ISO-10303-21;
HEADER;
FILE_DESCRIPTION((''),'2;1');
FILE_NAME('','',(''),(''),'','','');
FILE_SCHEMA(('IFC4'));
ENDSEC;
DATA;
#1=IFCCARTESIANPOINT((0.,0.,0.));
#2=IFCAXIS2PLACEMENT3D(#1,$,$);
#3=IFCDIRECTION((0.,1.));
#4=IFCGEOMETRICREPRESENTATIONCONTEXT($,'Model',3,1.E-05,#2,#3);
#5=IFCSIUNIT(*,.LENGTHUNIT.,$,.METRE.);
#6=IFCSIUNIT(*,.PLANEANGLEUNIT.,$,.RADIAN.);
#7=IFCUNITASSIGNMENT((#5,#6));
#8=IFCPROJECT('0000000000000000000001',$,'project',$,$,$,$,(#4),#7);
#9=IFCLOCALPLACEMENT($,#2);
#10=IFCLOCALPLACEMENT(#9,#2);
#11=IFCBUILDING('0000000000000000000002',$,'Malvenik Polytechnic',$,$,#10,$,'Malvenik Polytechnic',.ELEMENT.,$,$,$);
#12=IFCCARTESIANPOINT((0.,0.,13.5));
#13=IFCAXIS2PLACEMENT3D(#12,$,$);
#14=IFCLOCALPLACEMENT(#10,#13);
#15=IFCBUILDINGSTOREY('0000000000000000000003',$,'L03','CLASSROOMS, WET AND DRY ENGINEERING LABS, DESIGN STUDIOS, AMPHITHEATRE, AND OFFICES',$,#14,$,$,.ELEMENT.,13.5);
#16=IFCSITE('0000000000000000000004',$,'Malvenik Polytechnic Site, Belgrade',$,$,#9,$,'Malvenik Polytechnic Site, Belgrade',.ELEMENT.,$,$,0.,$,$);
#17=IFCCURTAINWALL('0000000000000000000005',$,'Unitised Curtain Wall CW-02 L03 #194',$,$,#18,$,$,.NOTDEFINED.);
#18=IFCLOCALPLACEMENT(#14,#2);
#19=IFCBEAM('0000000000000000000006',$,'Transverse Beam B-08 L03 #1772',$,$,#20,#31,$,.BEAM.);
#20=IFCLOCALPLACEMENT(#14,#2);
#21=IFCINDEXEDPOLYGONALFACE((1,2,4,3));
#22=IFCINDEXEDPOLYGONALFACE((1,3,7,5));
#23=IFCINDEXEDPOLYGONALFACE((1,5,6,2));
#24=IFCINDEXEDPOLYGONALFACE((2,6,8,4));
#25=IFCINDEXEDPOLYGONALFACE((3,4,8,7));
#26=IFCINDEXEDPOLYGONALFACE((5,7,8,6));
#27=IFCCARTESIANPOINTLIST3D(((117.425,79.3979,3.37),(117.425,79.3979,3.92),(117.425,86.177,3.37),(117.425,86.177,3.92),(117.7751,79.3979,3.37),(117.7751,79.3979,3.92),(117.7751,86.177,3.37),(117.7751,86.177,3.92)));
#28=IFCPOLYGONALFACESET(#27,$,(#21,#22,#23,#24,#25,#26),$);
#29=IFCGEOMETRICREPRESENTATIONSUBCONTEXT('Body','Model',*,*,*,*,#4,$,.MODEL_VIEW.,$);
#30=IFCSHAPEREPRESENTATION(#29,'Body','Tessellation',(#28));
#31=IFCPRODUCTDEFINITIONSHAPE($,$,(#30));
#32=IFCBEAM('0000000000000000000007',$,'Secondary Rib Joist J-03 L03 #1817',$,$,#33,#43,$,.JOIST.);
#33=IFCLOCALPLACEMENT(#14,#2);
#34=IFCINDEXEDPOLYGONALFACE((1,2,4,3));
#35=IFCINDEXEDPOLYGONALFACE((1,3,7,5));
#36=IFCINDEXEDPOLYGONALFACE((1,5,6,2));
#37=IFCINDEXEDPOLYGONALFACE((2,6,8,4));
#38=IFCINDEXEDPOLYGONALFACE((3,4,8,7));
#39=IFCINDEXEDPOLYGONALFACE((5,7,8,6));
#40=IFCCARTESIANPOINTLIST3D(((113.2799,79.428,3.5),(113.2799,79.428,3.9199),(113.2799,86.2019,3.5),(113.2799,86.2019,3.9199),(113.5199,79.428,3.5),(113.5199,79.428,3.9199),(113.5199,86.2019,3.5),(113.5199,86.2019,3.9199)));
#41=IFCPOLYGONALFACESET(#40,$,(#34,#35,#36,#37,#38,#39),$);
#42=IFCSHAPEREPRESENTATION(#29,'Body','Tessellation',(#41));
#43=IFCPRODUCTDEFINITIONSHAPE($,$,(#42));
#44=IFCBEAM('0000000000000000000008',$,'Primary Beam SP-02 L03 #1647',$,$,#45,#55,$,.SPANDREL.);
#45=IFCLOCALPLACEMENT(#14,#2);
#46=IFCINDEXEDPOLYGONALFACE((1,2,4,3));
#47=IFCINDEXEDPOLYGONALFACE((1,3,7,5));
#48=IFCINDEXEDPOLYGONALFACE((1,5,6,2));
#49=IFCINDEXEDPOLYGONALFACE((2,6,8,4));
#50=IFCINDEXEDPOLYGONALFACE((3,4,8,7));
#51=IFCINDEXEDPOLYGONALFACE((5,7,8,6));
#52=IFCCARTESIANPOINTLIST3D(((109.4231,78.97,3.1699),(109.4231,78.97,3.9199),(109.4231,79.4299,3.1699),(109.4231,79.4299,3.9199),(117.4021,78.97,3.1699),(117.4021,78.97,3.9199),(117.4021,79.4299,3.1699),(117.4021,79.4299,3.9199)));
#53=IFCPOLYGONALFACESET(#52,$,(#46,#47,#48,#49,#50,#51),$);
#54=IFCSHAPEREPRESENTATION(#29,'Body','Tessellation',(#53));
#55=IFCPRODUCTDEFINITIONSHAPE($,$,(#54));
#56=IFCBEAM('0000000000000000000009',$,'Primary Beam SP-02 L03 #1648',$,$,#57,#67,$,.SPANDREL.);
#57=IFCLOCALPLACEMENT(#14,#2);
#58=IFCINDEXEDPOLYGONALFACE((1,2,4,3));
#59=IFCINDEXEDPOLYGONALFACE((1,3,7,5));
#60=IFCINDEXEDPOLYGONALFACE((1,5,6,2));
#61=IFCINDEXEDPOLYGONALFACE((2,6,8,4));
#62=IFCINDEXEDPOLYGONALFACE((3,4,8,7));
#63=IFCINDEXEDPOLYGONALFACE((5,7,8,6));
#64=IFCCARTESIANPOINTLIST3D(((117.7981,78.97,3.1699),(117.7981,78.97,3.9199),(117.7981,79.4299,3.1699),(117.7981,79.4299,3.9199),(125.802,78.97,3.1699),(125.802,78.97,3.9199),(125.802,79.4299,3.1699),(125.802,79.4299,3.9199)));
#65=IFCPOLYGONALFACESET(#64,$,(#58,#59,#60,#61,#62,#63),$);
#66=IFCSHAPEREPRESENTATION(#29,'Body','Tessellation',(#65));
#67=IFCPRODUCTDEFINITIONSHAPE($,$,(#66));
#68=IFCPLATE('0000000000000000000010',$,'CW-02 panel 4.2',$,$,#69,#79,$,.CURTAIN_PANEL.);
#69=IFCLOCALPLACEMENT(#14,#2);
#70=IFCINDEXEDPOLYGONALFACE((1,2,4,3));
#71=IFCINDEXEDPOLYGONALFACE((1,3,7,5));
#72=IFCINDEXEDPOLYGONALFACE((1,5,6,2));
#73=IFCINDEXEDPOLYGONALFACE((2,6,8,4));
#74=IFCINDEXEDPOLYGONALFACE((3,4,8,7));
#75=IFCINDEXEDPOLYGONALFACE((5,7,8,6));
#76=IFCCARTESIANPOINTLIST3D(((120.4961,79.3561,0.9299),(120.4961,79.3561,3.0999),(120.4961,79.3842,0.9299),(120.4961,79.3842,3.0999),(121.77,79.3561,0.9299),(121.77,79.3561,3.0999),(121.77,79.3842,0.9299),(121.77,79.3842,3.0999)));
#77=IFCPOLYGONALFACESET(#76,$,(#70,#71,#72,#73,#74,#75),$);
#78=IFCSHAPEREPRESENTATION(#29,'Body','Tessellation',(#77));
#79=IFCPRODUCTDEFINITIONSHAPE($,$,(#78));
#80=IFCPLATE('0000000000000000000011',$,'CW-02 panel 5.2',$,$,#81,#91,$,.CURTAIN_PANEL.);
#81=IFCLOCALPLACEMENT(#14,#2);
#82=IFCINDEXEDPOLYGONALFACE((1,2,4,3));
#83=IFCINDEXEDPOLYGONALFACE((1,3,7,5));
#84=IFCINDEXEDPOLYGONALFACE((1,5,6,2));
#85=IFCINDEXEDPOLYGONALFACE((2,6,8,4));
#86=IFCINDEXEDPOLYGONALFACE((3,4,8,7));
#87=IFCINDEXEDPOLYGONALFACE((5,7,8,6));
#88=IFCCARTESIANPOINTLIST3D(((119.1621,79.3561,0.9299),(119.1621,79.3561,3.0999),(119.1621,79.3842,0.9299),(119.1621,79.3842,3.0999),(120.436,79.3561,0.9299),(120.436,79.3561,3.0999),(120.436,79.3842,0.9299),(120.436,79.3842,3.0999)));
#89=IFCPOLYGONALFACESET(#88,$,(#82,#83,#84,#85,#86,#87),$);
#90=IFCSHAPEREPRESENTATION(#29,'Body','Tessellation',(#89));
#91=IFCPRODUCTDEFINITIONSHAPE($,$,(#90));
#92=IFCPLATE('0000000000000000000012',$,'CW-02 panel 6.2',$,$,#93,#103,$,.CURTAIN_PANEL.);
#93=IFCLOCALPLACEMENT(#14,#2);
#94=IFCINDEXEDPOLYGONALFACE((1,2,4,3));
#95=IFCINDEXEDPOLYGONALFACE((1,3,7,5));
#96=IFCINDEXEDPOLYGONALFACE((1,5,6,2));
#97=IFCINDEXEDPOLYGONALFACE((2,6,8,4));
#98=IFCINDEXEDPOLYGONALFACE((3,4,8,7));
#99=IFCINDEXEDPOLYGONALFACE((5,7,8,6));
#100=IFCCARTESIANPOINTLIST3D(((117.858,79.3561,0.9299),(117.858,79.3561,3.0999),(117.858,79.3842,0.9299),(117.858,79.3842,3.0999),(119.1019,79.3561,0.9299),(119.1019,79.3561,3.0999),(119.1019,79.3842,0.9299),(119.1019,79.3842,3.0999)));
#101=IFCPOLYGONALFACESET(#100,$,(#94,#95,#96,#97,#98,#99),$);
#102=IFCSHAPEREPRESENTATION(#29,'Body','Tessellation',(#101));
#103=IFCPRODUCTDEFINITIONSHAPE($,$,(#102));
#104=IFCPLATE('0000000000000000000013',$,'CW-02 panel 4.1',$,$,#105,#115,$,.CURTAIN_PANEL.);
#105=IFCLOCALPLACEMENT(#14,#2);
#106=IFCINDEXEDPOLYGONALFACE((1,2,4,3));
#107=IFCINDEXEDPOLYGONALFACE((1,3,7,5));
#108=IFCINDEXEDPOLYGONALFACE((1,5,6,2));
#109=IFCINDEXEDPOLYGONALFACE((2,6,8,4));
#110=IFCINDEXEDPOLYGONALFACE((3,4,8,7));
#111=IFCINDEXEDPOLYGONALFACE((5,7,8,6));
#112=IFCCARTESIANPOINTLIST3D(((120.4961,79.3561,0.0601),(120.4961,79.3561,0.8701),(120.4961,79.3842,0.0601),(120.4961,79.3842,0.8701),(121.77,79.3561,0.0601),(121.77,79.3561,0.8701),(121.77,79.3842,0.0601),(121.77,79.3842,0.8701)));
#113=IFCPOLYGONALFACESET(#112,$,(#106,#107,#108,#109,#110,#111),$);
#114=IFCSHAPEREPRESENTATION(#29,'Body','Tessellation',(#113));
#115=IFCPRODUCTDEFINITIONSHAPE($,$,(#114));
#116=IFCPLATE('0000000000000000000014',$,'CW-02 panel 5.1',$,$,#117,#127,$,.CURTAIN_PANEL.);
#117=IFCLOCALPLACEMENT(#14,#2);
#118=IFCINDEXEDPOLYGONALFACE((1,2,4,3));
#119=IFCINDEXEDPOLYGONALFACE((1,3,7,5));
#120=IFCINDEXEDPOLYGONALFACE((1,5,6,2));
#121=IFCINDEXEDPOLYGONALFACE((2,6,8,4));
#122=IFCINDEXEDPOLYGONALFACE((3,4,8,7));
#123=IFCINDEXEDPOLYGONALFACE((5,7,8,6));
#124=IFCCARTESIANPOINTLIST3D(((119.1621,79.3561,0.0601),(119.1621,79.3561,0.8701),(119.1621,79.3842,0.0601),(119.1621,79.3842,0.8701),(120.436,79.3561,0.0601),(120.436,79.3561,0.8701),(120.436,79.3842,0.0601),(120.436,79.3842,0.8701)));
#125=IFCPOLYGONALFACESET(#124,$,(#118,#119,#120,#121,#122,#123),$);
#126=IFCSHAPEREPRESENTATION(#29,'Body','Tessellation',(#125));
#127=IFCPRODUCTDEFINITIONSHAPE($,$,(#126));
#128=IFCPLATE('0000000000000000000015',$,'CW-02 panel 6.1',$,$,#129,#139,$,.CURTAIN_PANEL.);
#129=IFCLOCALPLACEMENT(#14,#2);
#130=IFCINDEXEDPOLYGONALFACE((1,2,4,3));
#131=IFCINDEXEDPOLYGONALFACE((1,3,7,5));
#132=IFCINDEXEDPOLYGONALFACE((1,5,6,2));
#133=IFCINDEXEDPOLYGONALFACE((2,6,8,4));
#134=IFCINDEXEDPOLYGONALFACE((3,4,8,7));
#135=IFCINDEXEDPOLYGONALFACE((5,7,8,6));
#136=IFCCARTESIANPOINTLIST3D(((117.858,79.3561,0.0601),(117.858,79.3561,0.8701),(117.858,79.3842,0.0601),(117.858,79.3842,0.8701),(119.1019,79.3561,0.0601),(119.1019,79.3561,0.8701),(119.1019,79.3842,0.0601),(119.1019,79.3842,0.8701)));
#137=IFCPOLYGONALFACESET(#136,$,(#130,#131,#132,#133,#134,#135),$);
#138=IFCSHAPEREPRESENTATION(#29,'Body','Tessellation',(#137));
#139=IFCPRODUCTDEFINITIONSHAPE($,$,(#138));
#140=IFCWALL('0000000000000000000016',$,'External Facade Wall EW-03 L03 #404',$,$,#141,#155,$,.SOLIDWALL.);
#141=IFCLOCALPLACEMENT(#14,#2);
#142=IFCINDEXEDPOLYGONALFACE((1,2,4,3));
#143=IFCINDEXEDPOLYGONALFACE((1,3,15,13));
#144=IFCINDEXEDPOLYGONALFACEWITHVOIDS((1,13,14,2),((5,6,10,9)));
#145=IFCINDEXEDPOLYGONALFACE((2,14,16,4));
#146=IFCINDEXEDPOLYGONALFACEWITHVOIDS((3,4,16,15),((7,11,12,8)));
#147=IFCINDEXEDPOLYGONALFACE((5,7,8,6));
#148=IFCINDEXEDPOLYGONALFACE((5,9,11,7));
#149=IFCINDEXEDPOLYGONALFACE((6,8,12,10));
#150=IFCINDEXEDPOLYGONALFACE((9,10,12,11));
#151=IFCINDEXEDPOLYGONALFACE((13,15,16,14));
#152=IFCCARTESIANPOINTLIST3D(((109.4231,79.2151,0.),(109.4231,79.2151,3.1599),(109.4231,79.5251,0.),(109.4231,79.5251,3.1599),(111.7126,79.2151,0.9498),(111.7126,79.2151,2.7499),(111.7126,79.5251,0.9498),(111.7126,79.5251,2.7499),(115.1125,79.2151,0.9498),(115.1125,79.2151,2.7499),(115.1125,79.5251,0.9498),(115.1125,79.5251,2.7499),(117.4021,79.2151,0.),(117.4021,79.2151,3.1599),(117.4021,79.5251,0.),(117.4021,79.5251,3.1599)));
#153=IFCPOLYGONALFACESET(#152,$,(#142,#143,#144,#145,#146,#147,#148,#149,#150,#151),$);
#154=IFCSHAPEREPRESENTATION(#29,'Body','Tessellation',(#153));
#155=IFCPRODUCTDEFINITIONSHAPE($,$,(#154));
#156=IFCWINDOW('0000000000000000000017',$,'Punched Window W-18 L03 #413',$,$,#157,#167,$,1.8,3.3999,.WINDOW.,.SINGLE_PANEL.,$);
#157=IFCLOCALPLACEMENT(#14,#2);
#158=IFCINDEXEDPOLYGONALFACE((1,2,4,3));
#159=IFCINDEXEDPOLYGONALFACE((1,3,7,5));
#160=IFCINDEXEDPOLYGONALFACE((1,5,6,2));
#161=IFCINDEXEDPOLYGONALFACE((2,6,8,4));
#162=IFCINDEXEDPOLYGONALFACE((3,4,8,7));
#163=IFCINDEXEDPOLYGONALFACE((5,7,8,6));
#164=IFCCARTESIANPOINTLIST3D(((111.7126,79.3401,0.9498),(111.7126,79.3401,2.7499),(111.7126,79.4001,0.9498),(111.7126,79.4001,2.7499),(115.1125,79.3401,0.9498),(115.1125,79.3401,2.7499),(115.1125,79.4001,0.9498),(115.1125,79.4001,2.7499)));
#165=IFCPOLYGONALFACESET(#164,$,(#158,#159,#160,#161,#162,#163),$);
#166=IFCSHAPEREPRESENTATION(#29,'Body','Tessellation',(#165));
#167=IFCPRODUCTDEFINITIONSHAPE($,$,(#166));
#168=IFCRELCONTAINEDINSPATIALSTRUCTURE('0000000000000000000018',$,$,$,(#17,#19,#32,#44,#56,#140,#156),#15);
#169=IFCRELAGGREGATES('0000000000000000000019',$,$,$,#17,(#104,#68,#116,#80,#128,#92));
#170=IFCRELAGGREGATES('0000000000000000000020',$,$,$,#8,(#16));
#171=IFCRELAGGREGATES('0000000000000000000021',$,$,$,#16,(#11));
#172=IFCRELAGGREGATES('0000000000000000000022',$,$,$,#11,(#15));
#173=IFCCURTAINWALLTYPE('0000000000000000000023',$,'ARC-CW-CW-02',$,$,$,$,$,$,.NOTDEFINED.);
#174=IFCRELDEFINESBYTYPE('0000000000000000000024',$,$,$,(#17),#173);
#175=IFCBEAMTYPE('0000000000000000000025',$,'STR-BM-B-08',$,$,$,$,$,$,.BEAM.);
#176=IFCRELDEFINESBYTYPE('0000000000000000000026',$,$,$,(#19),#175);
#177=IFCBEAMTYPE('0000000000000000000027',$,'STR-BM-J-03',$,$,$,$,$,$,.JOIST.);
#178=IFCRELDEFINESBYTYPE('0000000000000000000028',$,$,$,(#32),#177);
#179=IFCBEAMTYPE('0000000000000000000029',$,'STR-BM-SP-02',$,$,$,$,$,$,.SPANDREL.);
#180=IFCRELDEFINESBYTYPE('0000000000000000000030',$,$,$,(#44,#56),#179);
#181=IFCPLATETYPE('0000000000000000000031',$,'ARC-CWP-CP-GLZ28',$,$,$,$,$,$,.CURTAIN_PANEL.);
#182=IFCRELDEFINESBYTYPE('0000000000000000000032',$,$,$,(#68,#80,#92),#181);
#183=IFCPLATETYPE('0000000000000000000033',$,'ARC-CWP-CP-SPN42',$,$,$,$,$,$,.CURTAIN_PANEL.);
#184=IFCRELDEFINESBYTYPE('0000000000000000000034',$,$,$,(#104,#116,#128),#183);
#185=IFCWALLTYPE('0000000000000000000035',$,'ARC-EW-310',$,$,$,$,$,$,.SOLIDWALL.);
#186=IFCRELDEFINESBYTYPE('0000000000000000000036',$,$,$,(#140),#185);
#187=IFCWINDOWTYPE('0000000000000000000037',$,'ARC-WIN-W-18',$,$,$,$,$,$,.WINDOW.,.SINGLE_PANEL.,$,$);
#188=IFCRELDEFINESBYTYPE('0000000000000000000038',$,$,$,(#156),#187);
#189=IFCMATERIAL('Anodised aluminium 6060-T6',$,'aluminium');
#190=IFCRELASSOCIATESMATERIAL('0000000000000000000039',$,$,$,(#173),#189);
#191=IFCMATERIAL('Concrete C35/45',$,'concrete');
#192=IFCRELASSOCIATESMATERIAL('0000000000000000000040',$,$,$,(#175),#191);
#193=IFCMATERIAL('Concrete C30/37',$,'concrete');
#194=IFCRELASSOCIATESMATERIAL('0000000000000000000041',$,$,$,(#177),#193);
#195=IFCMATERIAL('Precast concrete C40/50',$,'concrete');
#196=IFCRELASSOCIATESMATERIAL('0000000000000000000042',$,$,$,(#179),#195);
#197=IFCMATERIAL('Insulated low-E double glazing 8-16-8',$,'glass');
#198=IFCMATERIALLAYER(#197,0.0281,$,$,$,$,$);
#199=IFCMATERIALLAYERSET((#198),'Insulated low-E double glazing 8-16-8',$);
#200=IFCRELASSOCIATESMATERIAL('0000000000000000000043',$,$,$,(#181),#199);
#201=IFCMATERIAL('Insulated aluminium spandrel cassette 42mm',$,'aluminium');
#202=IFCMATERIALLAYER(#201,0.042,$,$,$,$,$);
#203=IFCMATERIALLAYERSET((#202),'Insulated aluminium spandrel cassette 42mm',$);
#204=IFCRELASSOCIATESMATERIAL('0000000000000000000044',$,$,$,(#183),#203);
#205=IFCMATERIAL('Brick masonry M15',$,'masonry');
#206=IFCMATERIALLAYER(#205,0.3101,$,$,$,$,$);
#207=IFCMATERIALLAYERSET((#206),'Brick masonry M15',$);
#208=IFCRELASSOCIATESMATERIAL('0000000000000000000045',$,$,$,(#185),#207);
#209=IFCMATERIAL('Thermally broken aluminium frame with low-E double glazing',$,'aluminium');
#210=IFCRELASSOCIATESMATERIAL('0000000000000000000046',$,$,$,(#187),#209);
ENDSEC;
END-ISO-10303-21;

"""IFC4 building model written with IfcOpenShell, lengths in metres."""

from ifc_helpers import new_model, si_unit, direction, frame, frame_2d, origin, origin_2d, place, context, subcontext, project, spatial, rectangle, extrude, material, layer, layer_set, material_profile, profile_set, type_object, element, fill, aggregate, save


model = new_model("IFC4")

# Units and contexts
model_context = context("Model", 3, precision=1e-05, world=origin(), true_north=direction((0.0, 1.0)))
body_context = subcontext(model_context, "Body", "Model", "MODEL_VIEW")
ifc_project = project(units=[si_unit("LENGTHUNIT", "METRE"), si_unit("PLANEANGLEUNIT", "RADIAN")], contexts=[model_context])

# Site, building, storey
site_placement = place(None, origin())
site = spatial("IfcSite", under=ifc_project, at=site_placement, Name="Malvenik Polytechnic Site, Belgrade", LongName="Malvenik Polytechnic Site, Belgrade", CompositionType="ELEMENT", RefElevation=0.0)
building_placement = place(site_placement, origin())
building = spatial("IfcBuilding", under=site, at=building_placement, Name="Malvenik Polytechnic", LongName="Malvenik Polytechnic", CompositionType="ELEMENT")
storey_placement = place(building_placement, frame((0.0, 0.0, 13.5)))
storey = spatial("IfcBuildingStorey", under=building, at=storey_placement, Name="L03", Description="CLASSROOMS, WET AND DRY ENGINEERING LABS, DESIGN STUDIOS, AMPHITHEATRE, AND OFFICES", CompositionType="ELEMENT", Elevation=13.5)

# Shared definitions
ifc_material_1 = material(Name="Concrete C30/37", Category="concrete")

# Curtain wall
ifc_material_2 = material(Name="Anodised aluminium 6060-T6", Category="aluminium")
curtain_wall_type = type_object("IfcCurtainWallType", Name="ARC-CW-CW-02", PredefinedType="NOTDEFINED", material=ifc_material_2)
curtain_wall_placement = place(storey_placement, origin())
curtain_wall = element("IfcCurtainWall", 1, at=curtain_wall_placement, inside=storey, type_object=curtain_wall_type, Name="Unitised Curtain Wall CW-02 L03 #194", PredefinedType="NOTDEFINED")

# Beams
ifc_material_3 = material(Name="Concrete C35/45", Category="concrete")
ifc_material_profile_1 = material_profile(ifc_material_3, rectangle(XDim=0.3501, YDim=0.55, at=origin_2d()), Name="RC BM 350x550")
ifc_profile_set_1 = profile_set([ifc_material_profile_1], Name="Concrete C35/45")
beam_type_1 = type_object("IfcBeamType", Name="STR-BM-B-08", PredefinedType="BEAM", material=ifc_profile_set_1)
beam_1_placement = place(storey_placement, frame((117.6001, 79.3979, 3.645), z_axis=(0.0, 1.0, 0.0), x_axis=(-1.0, 0.0, 0.0)))
element("IfcBeam", 2, at=beam_1_placement, inside=storey, type_object=beam_type_1, Name="Transverse Beam B-08 L03 #1772", PredefinedType="BEAM", context=body_context, shape_type="SweptSolid", body=[
    extrude(rectangle(XDim=0.3501, YDim=0.55, at=origin_2d()), origin(), (0.0, 0.0, 1.0), 6.7791),
])
ifc_material_profile_2 = material_profile(ifc_material_1, rectangle(XDim=0.24, YDim=0.4199, at=origin_2d()), Name="RC JST 240x420")
ifc_profile_set_2 = profile_set([ifc_material_profile_2], Name="Concrete C30/37")
beam_type_2 = type_object("IfcBeamType", Name="STR-BM-J-03", PredefinedType="JOIST", material=ifc_profile_set_2)
beam_2_placement = place(storey_placement, frame((113.3999, 79.428, 3.71), z_axis=(0.0, 1.0, 0.0), x_axis=(-1.0, 0.0, 0.0)))
element("IfcBeam", 3, at=beam_2_placement, inside=storey, type_object=beam_type_2, Name="Secondary Rib Joist J-03 L03 #1817", PredefinedType="JOIST", context=body_context, shape_type="SweptSolid", body=[
    extrude(rectangle(XDim=0.24, YDim=0.4199, at=origin_2d()), origin(), (0.0, 0.0, 1.0), 6.7739),
])
ifc_material_4 = material(Name="Precast concrete C40/50", Category="concrete")
ifc_material_profile_3 = material_profile(ifc_material_4, rectangle(XDim=0.46, YDim=0.75, at=origin_2d()), Name="PC SPN 460x750")
ifc_profile_set_3 = profile_set([ifc_material_profile_3], Name="Precast concrete C40/50")
beam_type_3 = type_object("IfcBeamType", Name="STR-BM-SP-02", PredefinedType="SPANDREL", material=ifc_profile_set_3)
beam_3_placement = place(storey_placement, frame((109.4231, 79.2, 3.5449), z_axis=(1.0, 0.0, 0.0), x_axis=(0.0, 1.0, 0.0)))
element("IfcBeam", 4, at=beam_3_placement, inside=storey, type_object=beam_type_3, Name="Primary Beam SP-02 L03 #1647", PredefinedType="SPANDREL", context=body_context, shape_type="SweptSolid", body=[
    extrude(rectangle(XDim=0.46, YDim=0.75, at=origin_2d()), origin(), (0.0, 0.0, 1.0), 7.979),
])
beam_4_placement = place(storey_placement, frame((117.7981, 79.2, 3.5449), z_axis=(1.0, 0.0, 0.0), x_axis=(0.0, 1.0, 0.0)))
element("IfcBeam", 5, at=beam_4_placement, inside=storey, type_object=beam_type_3, Name="Primary Beam SP-02 L03 #1648", PredefinedType="SPANDREL", context=body_context, shape_type="SweptSolid", body=[
    extrude(rectangle(XDim=0.46, YDim=0.75, at=origin_2d()), origin(), (0.0, 0.0, 1.0), 8.0039),
])

# Plates
ifc_material_5 = material(Name="Insulated low-E double glazing 8-16-8", Category="glass")
ifc_layer_1 = layer(ifc_material_5, 0.0281)
ifc_layer_set_1 = layer_set([ifc_layer_1], Name="Insulated low-E double glazing 8-16-8")
plate_type_1 = type_object("IfcPlateType", Name="ARC-CWP-CP-GLZ28", PredefinedType="CURTAIN_PANEL", material=ifc_layer_set_1)
plate_1_placement = place(storey_placement, frame((121.1331, 79.3701, 0.9299), z_axis=(0.0, 0.0, 1.0), x_axis=(-1.0, 0.0, 0.0)))
plate_1 = element("IfcPlate", 6, at=plate_1_placement, type_object=plate_type_1, Name="CW-02 panel 4.2", PredefinedType="CURTAIN_PANEL", context=body_context, shape_type="SweptSolid", body=[
    extrude(rectangle(XDim=1.2739, YDim=0.0281, at=origin_2d()), origin(), (0.0, 0.0, 1.0), 2.1699),
])
plate_2_placement = place(storey_placement, frame((119.7991, 79.3701, 0.9299), z_axis=(0.0, 0.0, 1.0), x_axis=(-1.0, 0.0, 0.0)))
plate_2 = element("IfcPlate", 7, at=plate_2_placement, type_object=plate_type_1, Name="CW-02 panel 5.2", PredefinedType="CURTAIN_PANEL", context=body_context, shape_type="SweptSolid", body=[
    extrude(rectangle(XDim=1.2739, YDim=0.0281, at=origin_2d()), origin(), (0.0, 0.0, 1.0), 2.1699),
])
plate_3_placement = place(storey_placement, frame((118.48, 79.3701, 0.9299), z_axis=(0.0, 0.0, 1.0), x_axis=(-1.0, 0.0, 0.0)))
plate_3 = element("IfcPlate", 8, at=plate_3_placement, type_object=plate_type_1, Name="CW-02 panel 6.2", PredefinedType="CURTAIN_PANEL", context=body_context, shape_type="SweptSolid", body=[
    extrude(rectangle(XDim=1.2439, YDim=0.0281, at=origin_2d()), origin(), (0.0, 0.0, 1.0), 2.1699),
])
ifc_material_6 = material(Name="Insulated aluminium spandrel cassette 42mm", Category="aluminium")
ifc_layer_2 = layer(ifc_material_6, 0.042)
ifc_layer_set_2 = layer_set([ifc_layer_2], Name="Insulated aluminium spandrel cassette 42mm")
plate_type_2 = type_object("IfcPlateType", Name="ARC-CWP-CP-SPN42", PredefinedType="CURTAIN_PANEL", material=ifc_layer_set_2)
plate_4_placement = place(storey_placement, frame((121.1331, 79.3701, 0.0601), z_axis=(0.0, 0.0, 1.0), x_axis=(-1.0, 0.0, 0.0)))
plate_4 = element("IfcPlate", 9, at=plate_4_placement, type_object=plate_type_2, Name="CW-02 panel 4.1", PredefinedType="CURTAIN_PANEL", context=body_context, shape_type="SweptSolid", body=[
    extrude(rectangle(XDim=1.2739, YDim=0.0281, at=origin_2d()), origin(), (0.0, 0.0, 1.0), 0.8101),
])
plate_5_placement = place(storey_placement, frame((119.7991, 79.3701, 0.0601), z_axis=(0.0, 0.0, 1.0), x_axis=(-1.0, 0.0, 0.0)))
plate_5 = element("IfcPlate", 10, at=plate_5_placement, type_object=plate_type_2, Name="CW-02 panel 5.1", PredefinedType="CURTAIN_PANEL", context=body_context, shape_type="SweptSolid", body=[
    extrude(rectangle(XDim=1.2739, YDim=0.0281, at=origin_2d()), origin(), (0.0, 0.0, 1.0), 0.8101),
])
plate_6_placement = place(storey_placement, frame((118.48, 79.3701, 0.0601), z_axis=(0.0, 0.0, 1.0), x_axis=(-1.0, 0.0, 0.0)))
plate_6 = element("IfcPlate", 11, at=plate_6_placement, type_object=plate_type_2, Name="CW-02 panel 6.1", PredefinedType="CURTAIN_PANEL", context=body_context, shape_type="SweptSolid", body=[
    extrude(rectangle(XDim=1.2439, YDim=0.0281, at=origin_2d()), origin(), (0.0, 0.0, 1.0), 0.8101),
])
aggregate(curtain_wall, [plate_4, plate_1, plate_5, plate_2, plate_6, plate_3])

# Wall, opening, window
ifc_material_7 = material(Name="Brick masonry M15", Category="masonry")
ifc_layer_3 = layer(ifc_material_7, 0.3101)
ifc_layer_set_3 = layer_set([ifc_layer_3], Name="Brick masonry M15")
wall_type = type_object("IfcWallType", Name="ARC-EW-310", PredefinedType="SOLIDWALL", material=ifc_layer_set_3)
wall_placement = place(storey_placement, frame((117.4021, 79.3701, 0.0), z_axis=(0.0, 0.0, 1.0), x_axis=(-1.0, 0.0, 0.0)))
wall = element("IfcWall", 12, at=wall_placement, inside=storey, type_object=wall_type, Name="External Facade Wall EW-03 L03 #404", PredefinedType="SOLIDWALL", context=body_context, shape_type="SweptSolid", body=[
    extrude(rectangle(XDim=7.979, YDim=0.3101, at=frame_2d((3.9895, 0.0))), origin(), (0.0, 0.0, 1.0), 3.1599),
])
opening_placement = place(wall_placement, frame((2.2896, 0.0, 0.95)))
opening = element("IfcOpeningElement", 13, at=opening_placement, cuts=wall, PredefinedType="OPENING", context=body_context, shape_type="SweptSolid", body=[
    extrude(rectangle(XDim=3.3999, YDim=1.8, at=frame_2d((1.7, 0.8999))), frame((0.0, 0.165, 0.0), z_axis=(0.0, -1.0, 0.0), x_axis=(1.0, 0.0, 0.0)), (0.0, 0.0, 1.0), 0.3301),
])
ifc_material_8 = material(Name="Thermally broken aluminium frame with low-E double glazing", Category="aluminium")
window_type = type_object("IfcWindowType", Name="ARC-WIN-W-18", PartitioningType="SINGLE_PANEL", PredefinedType="WINDOW", material=ifc_material_8)
window_placement = place(opening_placement, origin())
window = element("IfcWindow", 14, at=window_placement, inside=storey, type_object=window_type, Name="Punched Window W-18 L03 #413", OverallHeight=1.8, OverallWidth=3.3999, PartitioningType="SINGLE_PANEL", PredefinedType="WINDOW", context=body_context, shape_type="SweptSolid", body=[
    extrude(rectangle(XDim=3.3999, YDim=1.8, at=frame_2d((1.7, 0.8999))), frame((0.0, 0.03, 0.0), z_axis=(0.0, -1.0, 0.0), x_axis=(1.0, 0.0, 0.0)), (0.0, 0.0, 1.0), 0.0601),
])
fill(opening, window)

save(model, "model.ifc")
